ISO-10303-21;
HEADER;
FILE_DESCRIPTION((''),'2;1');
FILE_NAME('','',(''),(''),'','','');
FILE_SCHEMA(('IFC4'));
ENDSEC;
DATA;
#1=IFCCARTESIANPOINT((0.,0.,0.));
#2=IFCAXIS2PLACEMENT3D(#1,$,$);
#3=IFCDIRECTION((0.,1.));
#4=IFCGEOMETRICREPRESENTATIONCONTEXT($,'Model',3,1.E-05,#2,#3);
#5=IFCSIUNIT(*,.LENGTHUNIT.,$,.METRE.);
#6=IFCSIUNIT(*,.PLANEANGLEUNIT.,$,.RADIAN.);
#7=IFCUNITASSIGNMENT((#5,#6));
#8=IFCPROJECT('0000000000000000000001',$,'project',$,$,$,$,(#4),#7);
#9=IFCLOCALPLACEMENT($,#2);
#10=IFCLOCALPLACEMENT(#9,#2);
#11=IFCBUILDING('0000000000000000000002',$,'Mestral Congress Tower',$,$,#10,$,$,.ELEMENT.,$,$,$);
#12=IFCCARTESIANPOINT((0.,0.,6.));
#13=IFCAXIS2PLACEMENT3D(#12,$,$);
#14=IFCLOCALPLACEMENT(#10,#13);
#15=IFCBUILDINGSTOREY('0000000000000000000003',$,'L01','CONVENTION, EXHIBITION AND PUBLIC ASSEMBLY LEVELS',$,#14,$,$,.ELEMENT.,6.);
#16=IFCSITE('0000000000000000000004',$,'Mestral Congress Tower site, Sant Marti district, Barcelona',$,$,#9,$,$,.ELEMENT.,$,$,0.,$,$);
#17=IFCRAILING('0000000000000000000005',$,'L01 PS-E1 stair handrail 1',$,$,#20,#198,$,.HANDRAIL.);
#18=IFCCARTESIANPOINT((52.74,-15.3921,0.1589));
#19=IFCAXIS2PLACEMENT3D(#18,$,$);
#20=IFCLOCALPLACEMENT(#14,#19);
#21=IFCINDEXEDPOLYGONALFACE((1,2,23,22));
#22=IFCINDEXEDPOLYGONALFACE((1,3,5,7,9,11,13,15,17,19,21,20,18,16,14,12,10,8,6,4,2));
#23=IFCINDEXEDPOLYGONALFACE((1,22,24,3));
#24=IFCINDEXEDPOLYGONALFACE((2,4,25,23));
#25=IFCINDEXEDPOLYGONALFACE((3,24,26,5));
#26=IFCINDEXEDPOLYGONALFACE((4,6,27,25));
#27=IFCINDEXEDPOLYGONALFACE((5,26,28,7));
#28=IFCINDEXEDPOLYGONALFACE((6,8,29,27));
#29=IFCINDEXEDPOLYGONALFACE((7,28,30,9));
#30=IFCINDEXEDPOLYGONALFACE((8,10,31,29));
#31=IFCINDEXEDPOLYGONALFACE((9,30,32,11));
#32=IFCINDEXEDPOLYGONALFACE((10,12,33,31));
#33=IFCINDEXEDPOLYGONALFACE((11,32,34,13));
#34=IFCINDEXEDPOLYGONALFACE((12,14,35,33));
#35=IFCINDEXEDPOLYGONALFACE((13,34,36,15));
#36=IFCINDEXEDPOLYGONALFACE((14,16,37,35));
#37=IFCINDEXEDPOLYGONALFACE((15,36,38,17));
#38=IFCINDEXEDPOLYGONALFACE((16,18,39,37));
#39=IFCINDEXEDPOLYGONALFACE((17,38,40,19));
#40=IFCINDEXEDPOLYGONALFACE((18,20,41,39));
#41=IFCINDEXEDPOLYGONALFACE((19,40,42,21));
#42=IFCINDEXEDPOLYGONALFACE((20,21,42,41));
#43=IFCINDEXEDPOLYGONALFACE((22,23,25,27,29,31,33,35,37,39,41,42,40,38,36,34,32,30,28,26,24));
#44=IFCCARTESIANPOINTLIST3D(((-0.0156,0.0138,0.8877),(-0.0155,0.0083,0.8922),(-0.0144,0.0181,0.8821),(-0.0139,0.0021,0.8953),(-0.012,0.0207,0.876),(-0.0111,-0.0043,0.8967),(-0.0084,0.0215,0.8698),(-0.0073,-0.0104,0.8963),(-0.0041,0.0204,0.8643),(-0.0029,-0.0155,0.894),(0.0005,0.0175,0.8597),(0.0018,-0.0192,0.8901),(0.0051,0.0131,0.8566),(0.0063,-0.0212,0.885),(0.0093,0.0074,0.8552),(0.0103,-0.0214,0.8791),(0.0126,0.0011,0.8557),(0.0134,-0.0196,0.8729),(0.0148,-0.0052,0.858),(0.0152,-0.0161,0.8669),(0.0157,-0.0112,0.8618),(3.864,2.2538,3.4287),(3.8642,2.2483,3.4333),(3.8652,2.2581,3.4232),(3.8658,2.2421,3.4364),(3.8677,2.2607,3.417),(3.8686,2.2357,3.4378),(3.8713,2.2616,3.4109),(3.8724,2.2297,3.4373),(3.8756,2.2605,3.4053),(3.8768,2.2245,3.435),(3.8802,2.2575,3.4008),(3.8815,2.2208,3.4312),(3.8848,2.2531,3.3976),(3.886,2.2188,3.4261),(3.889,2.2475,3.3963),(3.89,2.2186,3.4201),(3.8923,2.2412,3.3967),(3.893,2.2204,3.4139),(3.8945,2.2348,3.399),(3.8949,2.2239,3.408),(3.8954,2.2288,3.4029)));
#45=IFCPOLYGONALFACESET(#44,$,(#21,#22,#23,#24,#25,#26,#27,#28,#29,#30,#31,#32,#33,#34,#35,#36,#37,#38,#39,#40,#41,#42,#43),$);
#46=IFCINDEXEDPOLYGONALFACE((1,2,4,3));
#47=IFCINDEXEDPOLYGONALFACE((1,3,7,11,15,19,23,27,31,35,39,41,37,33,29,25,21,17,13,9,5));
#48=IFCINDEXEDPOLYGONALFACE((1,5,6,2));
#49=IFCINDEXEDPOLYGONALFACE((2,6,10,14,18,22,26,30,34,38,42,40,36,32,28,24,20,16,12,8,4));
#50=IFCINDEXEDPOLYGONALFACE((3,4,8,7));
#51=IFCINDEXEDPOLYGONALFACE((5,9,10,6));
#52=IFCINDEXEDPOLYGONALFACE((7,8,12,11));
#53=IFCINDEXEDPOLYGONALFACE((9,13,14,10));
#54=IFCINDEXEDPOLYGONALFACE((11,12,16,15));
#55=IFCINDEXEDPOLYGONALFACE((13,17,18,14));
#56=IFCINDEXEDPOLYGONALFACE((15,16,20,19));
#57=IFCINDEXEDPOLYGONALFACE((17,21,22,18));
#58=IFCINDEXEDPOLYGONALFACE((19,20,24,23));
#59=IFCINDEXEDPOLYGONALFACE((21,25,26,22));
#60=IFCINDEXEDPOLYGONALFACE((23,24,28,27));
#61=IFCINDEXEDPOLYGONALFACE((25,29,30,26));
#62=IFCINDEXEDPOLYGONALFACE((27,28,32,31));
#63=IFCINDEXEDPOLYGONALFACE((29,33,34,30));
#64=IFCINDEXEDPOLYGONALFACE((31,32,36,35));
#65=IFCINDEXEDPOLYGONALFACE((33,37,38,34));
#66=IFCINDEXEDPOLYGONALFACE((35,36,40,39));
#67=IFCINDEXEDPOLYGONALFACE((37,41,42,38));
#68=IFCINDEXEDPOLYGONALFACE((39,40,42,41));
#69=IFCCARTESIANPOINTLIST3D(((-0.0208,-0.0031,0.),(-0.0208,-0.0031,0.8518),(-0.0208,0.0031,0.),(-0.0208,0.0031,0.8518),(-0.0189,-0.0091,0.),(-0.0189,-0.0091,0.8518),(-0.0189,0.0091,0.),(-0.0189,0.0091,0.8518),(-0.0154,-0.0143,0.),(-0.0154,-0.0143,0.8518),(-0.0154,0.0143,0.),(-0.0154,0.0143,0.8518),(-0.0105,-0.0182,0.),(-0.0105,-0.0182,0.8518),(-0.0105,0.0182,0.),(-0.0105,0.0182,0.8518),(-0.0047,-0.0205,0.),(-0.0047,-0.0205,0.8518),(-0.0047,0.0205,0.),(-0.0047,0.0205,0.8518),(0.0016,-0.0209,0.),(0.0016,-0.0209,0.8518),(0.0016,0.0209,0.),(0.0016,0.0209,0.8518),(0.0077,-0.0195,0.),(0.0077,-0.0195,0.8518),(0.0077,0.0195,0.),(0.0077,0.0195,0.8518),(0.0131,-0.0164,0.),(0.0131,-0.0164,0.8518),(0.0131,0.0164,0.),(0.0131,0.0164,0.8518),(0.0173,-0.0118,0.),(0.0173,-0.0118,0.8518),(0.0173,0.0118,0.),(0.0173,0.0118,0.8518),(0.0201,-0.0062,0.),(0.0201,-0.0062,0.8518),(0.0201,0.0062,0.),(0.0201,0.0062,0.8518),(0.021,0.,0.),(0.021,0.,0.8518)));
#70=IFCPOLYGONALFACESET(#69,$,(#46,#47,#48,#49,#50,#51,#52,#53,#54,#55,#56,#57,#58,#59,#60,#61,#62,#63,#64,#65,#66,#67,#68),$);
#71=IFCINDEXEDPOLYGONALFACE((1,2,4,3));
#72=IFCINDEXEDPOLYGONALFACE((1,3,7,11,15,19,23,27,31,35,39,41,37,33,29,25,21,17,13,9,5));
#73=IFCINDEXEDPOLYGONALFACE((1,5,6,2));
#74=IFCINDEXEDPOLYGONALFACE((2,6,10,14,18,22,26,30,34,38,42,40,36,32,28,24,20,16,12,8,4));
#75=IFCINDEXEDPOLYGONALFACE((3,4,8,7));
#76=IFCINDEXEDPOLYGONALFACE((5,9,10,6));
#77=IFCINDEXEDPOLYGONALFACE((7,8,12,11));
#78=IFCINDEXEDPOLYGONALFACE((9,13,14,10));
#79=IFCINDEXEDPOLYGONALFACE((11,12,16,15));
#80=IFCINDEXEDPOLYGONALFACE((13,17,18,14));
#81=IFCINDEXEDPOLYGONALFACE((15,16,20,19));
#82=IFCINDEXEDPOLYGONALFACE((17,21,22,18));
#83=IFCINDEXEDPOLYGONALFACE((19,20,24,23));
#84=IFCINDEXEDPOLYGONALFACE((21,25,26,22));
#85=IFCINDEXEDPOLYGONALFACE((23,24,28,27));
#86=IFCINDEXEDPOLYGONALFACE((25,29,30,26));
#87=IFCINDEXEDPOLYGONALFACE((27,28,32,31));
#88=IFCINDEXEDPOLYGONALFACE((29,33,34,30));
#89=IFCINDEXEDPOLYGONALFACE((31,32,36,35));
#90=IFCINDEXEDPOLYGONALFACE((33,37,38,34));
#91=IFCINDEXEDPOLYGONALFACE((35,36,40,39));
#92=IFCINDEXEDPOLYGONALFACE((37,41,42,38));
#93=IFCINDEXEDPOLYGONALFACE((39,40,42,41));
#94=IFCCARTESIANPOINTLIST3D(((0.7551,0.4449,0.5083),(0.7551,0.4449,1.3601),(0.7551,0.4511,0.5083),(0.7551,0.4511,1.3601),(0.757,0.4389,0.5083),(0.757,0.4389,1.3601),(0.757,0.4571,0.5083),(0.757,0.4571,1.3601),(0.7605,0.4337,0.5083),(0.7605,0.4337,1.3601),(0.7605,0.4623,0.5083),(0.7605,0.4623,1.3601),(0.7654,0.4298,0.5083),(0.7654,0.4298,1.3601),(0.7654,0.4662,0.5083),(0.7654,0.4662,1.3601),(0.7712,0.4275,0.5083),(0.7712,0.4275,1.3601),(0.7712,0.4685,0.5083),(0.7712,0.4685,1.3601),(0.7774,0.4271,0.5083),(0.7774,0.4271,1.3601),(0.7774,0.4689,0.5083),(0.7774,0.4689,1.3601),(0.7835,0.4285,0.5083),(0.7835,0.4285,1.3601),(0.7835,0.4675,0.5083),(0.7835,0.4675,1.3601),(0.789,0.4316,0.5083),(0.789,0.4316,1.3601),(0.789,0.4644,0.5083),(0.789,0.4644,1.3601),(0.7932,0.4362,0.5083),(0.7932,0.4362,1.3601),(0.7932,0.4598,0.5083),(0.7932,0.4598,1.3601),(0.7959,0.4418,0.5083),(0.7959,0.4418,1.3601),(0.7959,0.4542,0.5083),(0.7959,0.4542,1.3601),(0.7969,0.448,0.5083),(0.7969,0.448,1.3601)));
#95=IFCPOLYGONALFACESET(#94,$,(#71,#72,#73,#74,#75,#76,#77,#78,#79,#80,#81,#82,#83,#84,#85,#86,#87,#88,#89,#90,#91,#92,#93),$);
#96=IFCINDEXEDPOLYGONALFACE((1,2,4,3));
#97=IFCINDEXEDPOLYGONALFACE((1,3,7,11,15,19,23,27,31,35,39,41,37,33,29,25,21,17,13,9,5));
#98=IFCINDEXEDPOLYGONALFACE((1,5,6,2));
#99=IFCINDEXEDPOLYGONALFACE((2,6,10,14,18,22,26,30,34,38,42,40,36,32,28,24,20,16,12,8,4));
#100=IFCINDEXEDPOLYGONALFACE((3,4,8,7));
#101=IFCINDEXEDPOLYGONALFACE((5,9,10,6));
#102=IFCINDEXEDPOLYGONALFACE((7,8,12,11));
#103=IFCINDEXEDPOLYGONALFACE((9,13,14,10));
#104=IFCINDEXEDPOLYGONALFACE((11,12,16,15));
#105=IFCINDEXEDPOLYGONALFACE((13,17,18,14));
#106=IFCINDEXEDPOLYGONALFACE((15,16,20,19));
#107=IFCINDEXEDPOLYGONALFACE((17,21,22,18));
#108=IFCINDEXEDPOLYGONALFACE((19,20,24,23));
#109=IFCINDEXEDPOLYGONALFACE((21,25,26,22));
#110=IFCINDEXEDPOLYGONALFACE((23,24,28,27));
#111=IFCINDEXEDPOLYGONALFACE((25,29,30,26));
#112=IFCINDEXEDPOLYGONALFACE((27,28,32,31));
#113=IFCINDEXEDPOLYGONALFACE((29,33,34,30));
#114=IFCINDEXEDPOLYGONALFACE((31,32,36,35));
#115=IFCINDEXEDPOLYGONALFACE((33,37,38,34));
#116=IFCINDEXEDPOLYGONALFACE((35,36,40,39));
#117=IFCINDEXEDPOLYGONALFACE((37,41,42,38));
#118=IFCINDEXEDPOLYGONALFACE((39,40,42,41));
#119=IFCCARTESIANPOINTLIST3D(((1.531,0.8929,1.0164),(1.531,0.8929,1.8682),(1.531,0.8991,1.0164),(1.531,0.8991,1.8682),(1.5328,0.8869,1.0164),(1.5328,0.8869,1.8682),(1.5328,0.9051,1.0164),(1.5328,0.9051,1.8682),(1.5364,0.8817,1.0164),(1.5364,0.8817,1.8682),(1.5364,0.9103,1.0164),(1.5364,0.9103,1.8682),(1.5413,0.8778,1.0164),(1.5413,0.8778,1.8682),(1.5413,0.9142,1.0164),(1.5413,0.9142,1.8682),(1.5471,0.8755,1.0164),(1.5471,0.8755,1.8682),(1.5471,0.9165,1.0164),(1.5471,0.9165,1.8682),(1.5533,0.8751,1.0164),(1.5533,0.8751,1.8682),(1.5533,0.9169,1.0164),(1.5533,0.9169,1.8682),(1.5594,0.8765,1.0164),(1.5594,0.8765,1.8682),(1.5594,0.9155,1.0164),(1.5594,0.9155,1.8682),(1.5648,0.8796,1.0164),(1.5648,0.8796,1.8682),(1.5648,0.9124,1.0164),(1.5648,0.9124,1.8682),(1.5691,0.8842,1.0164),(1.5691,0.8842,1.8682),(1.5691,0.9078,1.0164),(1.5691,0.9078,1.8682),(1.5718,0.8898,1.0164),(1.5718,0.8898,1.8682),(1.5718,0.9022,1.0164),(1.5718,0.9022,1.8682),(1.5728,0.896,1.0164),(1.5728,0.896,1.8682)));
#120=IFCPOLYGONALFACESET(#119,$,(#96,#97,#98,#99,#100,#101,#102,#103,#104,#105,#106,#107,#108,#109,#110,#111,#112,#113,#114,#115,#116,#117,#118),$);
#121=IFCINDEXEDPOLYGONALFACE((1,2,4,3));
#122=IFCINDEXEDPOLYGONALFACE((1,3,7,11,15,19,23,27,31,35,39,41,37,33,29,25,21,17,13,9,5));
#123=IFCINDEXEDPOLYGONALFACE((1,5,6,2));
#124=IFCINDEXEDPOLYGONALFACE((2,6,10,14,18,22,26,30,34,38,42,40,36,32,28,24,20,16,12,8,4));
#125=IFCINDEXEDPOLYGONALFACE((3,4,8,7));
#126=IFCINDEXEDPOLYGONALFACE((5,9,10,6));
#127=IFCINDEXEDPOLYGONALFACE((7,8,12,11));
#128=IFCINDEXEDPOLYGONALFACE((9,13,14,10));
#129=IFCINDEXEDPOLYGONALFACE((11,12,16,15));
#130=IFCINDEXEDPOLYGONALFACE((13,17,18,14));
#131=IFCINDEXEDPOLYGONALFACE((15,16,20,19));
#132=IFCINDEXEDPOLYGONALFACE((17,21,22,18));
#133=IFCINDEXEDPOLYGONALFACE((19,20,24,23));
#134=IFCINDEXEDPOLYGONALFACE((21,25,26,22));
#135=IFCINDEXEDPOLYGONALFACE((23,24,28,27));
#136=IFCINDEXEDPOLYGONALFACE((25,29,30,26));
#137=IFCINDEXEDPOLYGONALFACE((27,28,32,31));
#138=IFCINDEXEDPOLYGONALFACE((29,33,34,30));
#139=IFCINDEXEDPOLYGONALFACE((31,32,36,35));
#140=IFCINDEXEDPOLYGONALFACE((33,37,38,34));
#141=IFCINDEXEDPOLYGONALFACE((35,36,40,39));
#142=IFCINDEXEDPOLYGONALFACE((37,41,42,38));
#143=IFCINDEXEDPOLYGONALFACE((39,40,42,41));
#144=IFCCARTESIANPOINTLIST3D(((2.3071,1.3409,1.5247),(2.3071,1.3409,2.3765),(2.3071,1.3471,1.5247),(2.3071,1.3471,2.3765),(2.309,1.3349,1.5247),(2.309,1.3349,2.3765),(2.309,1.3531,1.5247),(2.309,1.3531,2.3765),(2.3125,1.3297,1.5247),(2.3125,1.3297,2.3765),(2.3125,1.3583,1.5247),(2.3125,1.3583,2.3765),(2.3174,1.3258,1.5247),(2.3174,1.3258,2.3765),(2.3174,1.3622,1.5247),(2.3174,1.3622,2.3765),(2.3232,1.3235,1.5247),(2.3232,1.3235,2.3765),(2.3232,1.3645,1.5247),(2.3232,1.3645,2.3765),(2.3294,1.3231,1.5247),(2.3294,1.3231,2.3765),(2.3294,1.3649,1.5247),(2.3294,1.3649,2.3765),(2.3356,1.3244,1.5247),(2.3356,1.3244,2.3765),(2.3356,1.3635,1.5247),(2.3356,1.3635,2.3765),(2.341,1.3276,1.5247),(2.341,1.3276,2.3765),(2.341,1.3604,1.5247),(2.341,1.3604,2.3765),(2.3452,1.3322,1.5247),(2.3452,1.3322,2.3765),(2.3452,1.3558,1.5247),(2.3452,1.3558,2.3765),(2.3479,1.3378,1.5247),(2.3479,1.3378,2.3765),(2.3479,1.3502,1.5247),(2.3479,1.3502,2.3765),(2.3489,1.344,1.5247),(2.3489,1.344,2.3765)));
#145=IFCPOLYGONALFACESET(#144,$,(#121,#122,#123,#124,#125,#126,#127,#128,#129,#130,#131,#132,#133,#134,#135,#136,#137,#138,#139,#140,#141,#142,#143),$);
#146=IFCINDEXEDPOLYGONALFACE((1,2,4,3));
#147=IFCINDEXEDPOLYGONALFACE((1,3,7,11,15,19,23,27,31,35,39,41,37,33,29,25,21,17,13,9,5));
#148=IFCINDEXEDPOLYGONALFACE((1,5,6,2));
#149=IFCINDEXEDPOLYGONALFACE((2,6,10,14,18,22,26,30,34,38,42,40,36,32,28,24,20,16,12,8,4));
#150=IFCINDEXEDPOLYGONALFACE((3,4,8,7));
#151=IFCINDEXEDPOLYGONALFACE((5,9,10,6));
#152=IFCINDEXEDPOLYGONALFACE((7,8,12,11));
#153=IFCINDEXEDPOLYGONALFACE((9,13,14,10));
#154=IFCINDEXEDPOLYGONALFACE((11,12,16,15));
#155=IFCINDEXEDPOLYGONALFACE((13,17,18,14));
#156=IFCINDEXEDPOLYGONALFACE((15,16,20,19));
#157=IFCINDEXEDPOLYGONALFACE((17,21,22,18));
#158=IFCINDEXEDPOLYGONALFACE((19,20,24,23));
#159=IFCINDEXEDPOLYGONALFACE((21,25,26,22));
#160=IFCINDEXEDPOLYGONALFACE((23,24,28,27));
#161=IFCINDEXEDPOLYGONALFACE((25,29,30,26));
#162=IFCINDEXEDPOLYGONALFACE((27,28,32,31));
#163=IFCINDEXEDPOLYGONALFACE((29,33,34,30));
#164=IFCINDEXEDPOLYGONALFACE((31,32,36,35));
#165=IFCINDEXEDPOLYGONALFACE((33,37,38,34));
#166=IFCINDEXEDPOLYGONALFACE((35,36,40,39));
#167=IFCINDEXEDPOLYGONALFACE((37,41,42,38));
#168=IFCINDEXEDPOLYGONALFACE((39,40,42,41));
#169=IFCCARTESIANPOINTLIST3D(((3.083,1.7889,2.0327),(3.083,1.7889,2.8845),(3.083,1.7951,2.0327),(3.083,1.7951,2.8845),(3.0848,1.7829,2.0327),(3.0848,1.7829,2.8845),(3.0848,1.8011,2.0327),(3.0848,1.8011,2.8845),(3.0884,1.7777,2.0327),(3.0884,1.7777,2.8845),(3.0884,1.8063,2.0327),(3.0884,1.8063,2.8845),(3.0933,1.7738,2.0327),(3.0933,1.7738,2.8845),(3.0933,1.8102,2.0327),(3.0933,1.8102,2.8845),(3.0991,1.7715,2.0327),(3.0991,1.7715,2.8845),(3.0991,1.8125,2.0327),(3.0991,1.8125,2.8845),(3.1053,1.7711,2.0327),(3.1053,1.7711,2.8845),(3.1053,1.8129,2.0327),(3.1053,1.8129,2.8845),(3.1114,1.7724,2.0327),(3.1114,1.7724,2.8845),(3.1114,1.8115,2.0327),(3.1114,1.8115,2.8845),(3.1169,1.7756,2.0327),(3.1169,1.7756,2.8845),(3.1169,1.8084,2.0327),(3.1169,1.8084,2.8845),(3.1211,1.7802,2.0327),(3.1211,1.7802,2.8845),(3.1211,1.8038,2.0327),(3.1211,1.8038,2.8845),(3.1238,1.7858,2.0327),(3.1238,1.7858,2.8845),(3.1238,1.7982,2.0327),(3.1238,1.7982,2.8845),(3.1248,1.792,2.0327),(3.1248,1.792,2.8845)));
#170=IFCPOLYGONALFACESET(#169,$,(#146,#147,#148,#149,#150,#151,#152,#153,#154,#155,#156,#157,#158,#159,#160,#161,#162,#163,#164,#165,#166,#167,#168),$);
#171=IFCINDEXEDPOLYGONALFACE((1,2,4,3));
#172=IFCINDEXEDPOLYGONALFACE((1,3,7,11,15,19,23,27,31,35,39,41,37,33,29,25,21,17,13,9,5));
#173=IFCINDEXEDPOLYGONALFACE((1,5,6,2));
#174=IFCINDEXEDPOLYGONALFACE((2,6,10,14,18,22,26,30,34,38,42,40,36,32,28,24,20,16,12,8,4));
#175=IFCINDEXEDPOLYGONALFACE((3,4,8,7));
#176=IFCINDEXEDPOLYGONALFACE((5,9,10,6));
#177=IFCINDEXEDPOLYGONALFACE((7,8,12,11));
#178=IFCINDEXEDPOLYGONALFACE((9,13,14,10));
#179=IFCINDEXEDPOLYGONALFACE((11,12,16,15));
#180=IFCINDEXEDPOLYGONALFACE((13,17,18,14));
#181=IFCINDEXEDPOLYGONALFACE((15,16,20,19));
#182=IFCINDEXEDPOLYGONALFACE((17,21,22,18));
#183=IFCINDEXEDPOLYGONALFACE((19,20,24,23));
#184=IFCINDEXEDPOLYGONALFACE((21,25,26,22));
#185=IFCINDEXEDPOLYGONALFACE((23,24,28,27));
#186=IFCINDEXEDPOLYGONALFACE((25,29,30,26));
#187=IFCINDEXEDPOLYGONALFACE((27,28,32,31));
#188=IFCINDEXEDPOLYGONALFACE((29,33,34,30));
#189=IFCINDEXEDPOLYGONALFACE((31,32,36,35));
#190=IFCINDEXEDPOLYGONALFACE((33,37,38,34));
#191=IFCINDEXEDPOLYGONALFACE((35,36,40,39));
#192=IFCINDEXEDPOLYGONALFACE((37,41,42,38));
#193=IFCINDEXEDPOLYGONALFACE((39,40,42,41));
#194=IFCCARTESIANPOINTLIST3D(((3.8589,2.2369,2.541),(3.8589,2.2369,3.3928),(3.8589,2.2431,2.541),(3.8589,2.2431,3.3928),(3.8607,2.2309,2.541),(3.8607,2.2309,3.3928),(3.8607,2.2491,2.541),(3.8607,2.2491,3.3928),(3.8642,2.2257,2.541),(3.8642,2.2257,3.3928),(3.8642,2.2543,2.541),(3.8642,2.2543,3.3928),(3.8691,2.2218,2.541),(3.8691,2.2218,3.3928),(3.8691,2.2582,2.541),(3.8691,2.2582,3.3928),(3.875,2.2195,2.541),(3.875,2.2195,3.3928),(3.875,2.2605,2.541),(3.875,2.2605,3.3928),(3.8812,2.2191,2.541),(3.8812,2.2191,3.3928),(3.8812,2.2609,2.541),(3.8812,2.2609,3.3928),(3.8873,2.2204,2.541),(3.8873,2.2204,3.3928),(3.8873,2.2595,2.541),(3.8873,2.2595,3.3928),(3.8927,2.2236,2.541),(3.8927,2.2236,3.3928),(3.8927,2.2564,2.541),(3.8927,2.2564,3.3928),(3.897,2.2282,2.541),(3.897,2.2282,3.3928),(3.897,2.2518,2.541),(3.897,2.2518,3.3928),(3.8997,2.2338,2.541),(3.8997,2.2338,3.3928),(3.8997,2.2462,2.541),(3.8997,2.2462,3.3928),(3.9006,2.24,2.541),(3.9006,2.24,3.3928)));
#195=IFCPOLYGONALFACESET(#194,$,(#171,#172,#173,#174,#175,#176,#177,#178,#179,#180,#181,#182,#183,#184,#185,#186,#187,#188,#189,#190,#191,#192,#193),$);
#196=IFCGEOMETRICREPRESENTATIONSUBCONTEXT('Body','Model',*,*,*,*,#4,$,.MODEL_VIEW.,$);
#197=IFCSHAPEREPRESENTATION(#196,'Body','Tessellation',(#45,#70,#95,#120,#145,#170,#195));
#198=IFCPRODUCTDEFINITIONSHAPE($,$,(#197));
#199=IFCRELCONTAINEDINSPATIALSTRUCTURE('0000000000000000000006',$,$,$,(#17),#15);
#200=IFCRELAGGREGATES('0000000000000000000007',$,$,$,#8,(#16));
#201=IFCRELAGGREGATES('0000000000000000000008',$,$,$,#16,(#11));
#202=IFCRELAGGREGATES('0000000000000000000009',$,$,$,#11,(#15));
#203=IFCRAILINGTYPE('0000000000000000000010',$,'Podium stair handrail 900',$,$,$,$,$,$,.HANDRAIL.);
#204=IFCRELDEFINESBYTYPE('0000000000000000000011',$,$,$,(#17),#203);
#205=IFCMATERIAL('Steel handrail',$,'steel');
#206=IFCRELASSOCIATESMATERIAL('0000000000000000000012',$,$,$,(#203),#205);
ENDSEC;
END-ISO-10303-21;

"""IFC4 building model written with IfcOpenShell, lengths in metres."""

from ifc_helpers import new_model, si_unit, direction, frame, origin, origin_2d, place, context, subcontext, project, spatial, circle, extrude, material, type_object, element, save


model = new_model("IFC4")

# Units and contexts
model_context = context("Model", 3, precision=1e-05, world=origin(), true_north=direction((0.0, 1.0)))
body_context = subcontext(model_context, "Body", "Model", "MODEL_VIEW")
ifc_project = project(units=[si_unit("LENGTHUNIT", "METRE"), si_unit("PLANEANGLEUNIT", "RADIAN")], contexts=[model_context])

# Site, building, storey
site_placement = place(None, origin())
site = spatial("IfcSite", under=ifc_project, at=site_placement, Name="Mestral Congress Tower site, Sant Marti district, Barcelona", CompositionType="ELEMENT", RefElevation=0.0)
building_placement = place(site_placement, origin())
building = spatial("IfcBuilding", under=site, at=building_placement, Name="Mestral Congress Tower", CompositionType="ELEMENT")
storey_placement = place(building_placement, frame((0.0, 0.0, 6.0)))
storey = spatial("IfcBuildingStorey", under=building, at=storey_placement, Name="L01", Description="CONVENTION, EXHIBITION AND PUBLIC ASSEMBLY LEVELS", CompositionType="ELEMENT", Elevation=6.0)

# Railing
ifc_material_1 = material(Name="Steel handrail", Category="steel")
railing_type_1 = type_object("IfcRailingType", Name="Podium stair handrail 900", PredefinedType="HANDRAIL", material=ifc_material_1)
railing_1_placement = place(storey_placement, frame((52.74, -15.3921, 0.1589)))
element("IfcRailing", 1, at=railing_1_placement, inside=storey, type_object=railing_type_1, Name="L01 PS-E1 stair handrail 1", PredefinedType="HANDRAIL", context=body_context, shape_type="SweptSolid", body=[
    extrude(circle(Radius=0.0239, at=origin_2d()), frame((0.0, 0.0, 0.876), z_axis=(0.753279, 0.434922, 0.493369), x_axis=(-0.500013, 0.866018, 0.0)), (0.0, 0.0, 1.0), 5.1504),
    extrude(circle(Radius=0.021, at=origin_2d()), origin(), (0.0, 0.0, 1.0), 0.8518),
    extrude(circle(Radius=0.021, at=origin_2d()), frame((0.7759, 0.448, 0.5083)), (0.0, 0.0, 1.0), 0.8518),
    extrude(circle(Radius=0.021, at=origin_2d()), frame((1.5518, 0.896, 1.0164)), (0.0, 0.0, 1.0), 0.8518),
    extrude(circle(Radius=0.021, at=origin_2d()), frame((2.3279, 1.344, 1.5247)), (0.0, 0.0, 1.0), 0.8518),
    extrude(circle(Radius=0.021, at=origin_2d()), frame((3.1038, 1.792, 2.0327)), (0.0, 0.0, 1.0), 0.8518),
    extrude(circle(Radius=0.021, at=origin_2d()), frame((3.8796, 2.24, 2.541)), (0.0, 0.0, 1.0), 0.8518),
])

save(model, "model.ifc")
